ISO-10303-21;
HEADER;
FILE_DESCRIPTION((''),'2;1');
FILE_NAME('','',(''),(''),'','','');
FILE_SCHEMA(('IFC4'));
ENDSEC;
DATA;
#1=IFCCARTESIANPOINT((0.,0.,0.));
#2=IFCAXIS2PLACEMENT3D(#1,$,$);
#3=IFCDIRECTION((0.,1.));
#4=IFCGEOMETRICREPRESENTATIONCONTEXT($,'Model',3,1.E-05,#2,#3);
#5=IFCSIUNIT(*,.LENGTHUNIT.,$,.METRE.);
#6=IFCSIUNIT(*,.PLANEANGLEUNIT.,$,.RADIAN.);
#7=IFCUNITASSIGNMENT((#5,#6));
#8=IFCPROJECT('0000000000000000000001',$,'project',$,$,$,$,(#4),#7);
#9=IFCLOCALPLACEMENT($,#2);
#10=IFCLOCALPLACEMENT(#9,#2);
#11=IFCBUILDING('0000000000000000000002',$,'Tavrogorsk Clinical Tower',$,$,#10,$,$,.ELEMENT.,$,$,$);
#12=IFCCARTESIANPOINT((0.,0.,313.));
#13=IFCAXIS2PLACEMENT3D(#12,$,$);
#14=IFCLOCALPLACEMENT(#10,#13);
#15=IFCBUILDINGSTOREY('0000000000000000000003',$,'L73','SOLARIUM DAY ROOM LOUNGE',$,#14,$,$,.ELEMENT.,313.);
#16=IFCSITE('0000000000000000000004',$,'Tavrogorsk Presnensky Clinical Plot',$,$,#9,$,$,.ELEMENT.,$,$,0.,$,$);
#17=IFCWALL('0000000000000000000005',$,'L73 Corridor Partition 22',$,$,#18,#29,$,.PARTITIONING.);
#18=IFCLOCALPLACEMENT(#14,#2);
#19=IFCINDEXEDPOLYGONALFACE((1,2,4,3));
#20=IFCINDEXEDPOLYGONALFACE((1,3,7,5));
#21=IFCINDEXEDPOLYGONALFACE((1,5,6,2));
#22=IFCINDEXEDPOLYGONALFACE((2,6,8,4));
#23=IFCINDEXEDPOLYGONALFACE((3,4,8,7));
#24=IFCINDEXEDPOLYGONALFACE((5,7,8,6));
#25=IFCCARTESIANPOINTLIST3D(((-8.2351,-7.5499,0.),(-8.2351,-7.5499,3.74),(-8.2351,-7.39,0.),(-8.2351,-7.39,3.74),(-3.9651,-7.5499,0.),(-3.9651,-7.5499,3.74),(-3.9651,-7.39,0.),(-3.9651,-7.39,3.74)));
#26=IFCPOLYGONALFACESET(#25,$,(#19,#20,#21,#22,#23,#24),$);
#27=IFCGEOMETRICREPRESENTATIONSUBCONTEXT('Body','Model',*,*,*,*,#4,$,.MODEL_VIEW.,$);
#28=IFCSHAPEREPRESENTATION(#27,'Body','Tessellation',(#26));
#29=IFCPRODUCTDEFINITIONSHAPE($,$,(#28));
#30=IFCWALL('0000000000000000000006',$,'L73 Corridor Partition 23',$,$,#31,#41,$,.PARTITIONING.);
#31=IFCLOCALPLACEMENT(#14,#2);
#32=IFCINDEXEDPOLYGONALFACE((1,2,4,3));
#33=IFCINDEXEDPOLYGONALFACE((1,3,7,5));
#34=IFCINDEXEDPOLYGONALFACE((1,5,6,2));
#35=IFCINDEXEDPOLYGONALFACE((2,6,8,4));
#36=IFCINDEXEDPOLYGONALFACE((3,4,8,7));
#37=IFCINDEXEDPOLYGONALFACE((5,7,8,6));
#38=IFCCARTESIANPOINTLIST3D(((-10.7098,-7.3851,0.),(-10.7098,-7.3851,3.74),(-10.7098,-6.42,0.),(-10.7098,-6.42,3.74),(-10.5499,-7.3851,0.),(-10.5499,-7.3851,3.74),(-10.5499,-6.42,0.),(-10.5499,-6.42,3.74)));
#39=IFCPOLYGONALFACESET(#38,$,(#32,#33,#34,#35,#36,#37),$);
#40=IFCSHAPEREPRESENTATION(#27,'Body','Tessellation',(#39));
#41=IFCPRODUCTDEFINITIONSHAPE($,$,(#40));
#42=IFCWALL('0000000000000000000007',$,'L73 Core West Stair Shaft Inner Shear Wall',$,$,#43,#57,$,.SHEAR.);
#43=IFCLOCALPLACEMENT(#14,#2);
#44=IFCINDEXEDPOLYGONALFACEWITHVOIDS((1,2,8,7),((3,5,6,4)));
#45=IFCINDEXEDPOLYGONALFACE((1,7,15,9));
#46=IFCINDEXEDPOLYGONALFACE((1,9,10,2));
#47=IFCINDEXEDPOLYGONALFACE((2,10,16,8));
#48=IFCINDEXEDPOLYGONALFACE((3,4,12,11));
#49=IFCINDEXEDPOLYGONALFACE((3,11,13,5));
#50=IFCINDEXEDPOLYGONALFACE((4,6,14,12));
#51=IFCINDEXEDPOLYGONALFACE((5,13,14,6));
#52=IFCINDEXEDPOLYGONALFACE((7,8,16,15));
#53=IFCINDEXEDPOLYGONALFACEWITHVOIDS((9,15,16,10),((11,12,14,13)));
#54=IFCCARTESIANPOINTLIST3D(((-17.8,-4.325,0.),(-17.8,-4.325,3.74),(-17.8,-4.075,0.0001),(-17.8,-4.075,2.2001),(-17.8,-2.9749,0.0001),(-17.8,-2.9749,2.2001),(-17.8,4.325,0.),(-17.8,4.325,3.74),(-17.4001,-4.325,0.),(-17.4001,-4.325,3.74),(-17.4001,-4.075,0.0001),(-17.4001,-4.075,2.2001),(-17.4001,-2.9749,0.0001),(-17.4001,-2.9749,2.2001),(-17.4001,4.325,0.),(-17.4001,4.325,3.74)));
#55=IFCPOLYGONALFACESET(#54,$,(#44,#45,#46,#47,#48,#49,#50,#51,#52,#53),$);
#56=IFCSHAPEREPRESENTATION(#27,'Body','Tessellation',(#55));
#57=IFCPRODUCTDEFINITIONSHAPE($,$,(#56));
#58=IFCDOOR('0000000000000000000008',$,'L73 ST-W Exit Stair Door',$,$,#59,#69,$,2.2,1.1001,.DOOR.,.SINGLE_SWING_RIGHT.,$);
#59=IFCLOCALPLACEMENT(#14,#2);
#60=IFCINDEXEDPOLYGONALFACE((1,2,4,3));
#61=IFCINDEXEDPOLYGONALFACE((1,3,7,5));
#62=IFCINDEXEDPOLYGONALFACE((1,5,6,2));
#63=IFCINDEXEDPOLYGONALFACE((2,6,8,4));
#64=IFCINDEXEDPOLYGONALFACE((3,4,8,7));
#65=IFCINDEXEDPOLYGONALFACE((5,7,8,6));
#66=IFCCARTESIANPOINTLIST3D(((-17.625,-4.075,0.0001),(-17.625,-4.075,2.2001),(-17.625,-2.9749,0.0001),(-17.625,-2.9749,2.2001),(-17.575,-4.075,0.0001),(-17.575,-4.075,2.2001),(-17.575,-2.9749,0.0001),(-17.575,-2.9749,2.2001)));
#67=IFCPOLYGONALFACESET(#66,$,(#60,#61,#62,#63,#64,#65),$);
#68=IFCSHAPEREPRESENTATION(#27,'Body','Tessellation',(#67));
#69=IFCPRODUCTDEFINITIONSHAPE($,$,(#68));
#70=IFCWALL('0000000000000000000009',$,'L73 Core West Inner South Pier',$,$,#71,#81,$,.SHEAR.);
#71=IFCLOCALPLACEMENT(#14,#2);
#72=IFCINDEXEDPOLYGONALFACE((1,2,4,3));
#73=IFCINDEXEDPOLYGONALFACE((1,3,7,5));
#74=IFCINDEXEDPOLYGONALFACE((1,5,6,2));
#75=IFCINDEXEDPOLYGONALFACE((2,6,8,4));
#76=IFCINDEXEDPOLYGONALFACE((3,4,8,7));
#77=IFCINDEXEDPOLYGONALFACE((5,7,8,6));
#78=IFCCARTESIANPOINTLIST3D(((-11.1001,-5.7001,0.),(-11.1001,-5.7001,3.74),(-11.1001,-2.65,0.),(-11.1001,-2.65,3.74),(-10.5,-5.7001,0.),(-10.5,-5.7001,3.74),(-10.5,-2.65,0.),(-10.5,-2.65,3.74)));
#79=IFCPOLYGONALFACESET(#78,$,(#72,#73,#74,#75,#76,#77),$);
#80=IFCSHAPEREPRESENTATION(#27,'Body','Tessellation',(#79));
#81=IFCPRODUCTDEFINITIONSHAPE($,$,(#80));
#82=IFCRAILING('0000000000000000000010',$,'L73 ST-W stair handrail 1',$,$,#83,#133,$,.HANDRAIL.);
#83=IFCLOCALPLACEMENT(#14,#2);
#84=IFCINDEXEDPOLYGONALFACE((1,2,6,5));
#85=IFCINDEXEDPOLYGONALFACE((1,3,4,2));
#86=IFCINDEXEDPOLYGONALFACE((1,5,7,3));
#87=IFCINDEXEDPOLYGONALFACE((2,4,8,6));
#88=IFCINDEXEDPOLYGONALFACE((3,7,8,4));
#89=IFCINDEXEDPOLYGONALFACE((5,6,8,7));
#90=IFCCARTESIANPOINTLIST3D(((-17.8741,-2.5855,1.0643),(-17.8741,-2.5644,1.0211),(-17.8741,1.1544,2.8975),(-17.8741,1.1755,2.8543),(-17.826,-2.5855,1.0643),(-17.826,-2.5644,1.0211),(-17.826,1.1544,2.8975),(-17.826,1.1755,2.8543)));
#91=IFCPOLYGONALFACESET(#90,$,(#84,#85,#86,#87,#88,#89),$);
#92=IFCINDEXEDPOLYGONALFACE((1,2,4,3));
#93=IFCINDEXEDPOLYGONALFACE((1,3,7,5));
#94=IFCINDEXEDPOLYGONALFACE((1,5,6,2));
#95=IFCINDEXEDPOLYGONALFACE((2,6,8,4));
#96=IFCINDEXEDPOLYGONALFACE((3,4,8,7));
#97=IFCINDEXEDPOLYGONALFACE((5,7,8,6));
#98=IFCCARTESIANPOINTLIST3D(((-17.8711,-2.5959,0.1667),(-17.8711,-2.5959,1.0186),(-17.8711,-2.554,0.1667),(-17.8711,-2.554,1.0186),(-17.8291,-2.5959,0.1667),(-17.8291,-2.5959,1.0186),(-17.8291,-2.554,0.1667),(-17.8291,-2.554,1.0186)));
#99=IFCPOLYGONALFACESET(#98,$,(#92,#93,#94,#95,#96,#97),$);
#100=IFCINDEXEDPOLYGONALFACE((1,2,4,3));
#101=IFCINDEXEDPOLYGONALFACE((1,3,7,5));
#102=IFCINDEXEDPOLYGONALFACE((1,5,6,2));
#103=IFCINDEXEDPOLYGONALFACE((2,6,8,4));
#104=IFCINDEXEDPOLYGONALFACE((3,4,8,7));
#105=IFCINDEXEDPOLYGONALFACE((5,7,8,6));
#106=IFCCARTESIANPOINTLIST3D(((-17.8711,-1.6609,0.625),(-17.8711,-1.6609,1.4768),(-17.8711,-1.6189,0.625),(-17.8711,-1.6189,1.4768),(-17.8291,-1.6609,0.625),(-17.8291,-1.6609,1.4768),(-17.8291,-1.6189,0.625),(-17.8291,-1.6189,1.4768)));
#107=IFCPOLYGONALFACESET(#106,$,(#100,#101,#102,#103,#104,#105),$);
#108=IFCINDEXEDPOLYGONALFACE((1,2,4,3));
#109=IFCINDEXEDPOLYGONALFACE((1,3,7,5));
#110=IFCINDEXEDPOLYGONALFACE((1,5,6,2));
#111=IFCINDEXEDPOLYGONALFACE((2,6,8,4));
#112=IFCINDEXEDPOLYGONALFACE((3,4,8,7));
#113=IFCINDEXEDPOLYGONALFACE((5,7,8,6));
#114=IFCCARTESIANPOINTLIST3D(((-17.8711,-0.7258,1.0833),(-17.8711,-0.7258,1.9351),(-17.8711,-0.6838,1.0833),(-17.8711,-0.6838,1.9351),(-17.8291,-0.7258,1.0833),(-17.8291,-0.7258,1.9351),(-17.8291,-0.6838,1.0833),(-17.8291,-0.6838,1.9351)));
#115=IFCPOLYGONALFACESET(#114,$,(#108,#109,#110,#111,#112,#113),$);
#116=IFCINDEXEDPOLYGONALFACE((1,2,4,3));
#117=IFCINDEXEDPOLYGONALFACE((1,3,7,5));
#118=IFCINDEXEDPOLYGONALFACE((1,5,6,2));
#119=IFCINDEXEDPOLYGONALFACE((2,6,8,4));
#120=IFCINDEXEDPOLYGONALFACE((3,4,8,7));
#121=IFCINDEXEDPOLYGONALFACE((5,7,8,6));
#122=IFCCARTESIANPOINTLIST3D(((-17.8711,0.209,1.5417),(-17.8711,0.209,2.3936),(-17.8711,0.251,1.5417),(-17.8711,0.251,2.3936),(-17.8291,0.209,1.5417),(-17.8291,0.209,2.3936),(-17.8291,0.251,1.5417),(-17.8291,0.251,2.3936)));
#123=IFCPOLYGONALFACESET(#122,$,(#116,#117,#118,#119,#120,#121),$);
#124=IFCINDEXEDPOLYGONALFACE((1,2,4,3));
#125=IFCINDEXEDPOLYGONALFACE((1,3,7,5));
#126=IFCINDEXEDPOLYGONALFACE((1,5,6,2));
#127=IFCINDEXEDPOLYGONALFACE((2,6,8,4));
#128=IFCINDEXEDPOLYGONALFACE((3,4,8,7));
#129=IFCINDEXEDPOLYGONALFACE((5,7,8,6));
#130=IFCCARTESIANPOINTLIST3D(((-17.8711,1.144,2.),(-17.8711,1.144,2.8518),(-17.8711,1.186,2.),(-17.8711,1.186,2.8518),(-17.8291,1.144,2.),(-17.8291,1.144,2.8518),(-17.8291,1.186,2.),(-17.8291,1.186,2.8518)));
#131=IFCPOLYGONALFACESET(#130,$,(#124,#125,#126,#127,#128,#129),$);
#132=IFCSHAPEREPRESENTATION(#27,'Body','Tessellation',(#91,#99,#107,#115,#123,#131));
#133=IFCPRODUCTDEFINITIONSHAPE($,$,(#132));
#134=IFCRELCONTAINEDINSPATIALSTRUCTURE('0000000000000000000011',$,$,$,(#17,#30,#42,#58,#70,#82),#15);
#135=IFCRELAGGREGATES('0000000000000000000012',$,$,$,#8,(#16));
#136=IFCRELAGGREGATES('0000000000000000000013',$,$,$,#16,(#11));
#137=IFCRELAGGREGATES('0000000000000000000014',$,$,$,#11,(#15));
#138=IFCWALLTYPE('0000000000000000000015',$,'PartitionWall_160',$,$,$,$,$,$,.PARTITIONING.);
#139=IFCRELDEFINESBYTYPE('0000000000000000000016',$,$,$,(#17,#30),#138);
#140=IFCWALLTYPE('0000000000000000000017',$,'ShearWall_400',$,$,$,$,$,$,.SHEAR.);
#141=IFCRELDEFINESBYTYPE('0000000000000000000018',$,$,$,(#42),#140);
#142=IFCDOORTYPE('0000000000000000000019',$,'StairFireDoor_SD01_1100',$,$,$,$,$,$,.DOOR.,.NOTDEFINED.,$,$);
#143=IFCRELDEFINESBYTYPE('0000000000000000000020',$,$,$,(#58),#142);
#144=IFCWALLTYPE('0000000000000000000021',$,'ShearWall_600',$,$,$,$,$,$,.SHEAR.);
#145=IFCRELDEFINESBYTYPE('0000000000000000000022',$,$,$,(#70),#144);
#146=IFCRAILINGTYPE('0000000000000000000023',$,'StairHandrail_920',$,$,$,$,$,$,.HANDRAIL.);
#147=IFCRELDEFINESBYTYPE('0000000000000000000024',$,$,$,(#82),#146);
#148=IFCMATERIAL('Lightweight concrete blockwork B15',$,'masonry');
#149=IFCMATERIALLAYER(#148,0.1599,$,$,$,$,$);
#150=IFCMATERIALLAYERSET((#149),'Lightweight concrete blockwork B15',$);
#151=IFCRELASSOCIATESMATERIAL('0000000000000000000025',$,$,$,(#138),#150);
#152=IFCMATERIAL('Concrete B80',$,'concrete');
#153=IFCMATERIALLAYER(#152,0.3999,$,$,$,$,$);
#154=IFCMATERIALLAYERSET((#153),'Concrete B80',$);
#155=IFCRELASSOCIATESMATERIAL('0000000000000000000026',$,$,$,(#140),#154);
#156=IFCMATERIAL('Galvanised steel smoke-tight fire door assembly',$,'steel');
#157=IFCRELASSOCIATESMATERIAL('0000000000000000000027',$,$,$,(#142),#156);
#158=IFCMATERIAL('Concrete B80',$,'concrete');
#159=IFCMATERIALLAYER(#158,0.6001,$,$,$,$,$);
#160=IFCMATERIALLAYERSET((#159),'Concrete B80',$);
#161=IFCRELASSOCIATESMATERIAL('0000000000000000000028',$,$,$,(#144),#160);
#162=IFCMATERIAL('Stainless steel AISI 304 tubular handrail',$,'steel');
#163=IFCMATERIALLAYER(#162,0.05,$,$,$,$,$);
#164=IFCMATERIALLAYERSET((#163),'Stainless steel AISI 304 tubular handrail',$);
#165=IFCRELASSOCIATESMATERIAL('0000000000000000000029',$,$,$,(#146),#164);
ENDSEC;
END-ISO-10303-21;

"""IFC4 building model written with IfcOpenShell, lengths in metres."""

from ifc_helpers import new_model, si_unit, direction, frame, frame_2d, origin, origin_2d, place, context, subcontext, project, spatial, rectangle, extrude, material, layer, layer_set, type_object, element, fill, save


model = new_model("IFC4")

# Units and contexts
model_context = context("Model", 3, precision=1e-05, world=origin(), true_north=direction((0.0, 1.0)))
body_context = subcontext(model_context, "Body", "Model", "MODEL_VIEW")
ifc_project = project(units=[si_unit("LENGTHUNIT", "METRE"), si_unit("PLANEANGLEUNIT", "RADIAN")], contexts=[model_context])

# Site, building, storey
site_placement = place(None, origin())
site = spatial("IfcSite", under=ifc_project, at=site_placement, Name="Tavrogorsk Presnensky Clinical Plot", CompositionType="ELEMENT", RefElevation=0.0)
building_placement = place(site_placement, origin())
building = spatial("IfcBuilding", under=site, at=building_placement, Name="Tavrogorsk Clinical Tower", CompositionType="ELEMENT")
storey_placement = place(building_placement, frame((0.0, 0.0, 313.0)))
storey = spatial("IfcBuildingStorey", under=building, at=storey_placement, Name="L73", Description="SOLARIUM DAY ROOM LOUNGE", CompositionType="ELEMENT", Elevation=313.0)

# Shared definitions
ifc_material_1 = material(Name="Lightweight concrete blockwork B15", Category="masonry")
ifc_layer_1 = layer(ifc_material_1, 0.1599)
ifc_layer_set_1 = layer_set([ifc_layer_1], Name="Lightweight concrete blockwork B15")
wall_type_1 = type_object("IfcWallType", Name="PartitionWall_160", PredefinedType="PARTITIONING", material=ifc_layer_set_1)

# Walls
wall_1_placement = place(storey_placement, frame((-8.2351, -7.47, 0.0), z_axis=(0.0, 0.0, 1.0), x_axis=(1.0, 0.0, 0.0)))
element("IfcWall", 1, at=wall_1_placement, inside=storey, type_object=wall_type_1, Name="L73 Corridor Partition 22", PredefinedType="PARTITIONING", context=body_context, shape_type="SweptSolid", body=[
    extrude(rectangle(XDim=4.27, YDim=0.1599, at=frame_2d((2.135, 0.0))), origin(), (0.0, 0.0, 1.0), 3.74),
])
wall_2_placement = place(storey_placement, frame((-10.6299, -7.385, 0.0), z_axis=(0.0, 0.0, 1.0), x_axis=(0.0, 1.0, 0.0)))
element("IfcWall", 2, at=wall_2_placement, inside=storey, type_object=wall_type_1, Name="L73 Corridor Partition 23", PredefinedType="PARTITIONING", context=body_context, shape_type="SweptSolid", body=[
    extrude(rectangle(XDim=0.9651, YDim=0.1599, at=frame_2d((0.4824, 0.0))), origin(), (0.0, 0.0, 1.0), 3.74),
])

# Wall, opening, door
ifc_material_2 = material(Name="Concrete B80", Category="concrete")
ifc_layer_2 = layer(ifc_material_2, 0.3999)
ifc_layer_set_2 = layer_set([ifc_layer_2], Name="Concrete B80")
wall_type_2 = type_object("IfcWallType", Name="ShearWall_400", PredefinedType="SHEAR", material=ifc_layer_set_2)
wall_3_placement = place(storey_placement, frame((-17.6001, -4.325, 0.0), z_axis=(0.0, 0.0, 1.0), x_axis=(0.0, 1.0, 0.0)))
wall_3 = element("IfcWall", 3, at=wall_3_placement, inside=storey, type_object=wall_type_2, Name="L73 Core West Stair Shaft Inner Shear Wall", PredefinedType="SHEAR", context=body_context, shape_type="SweptSolid", body=[
    extrude(rectangle(XDim=8.6499, YDim=0.3999, at=frame_2d((4.325, 0.0))), origin(), (0.0, 0.0, 1.0), 3.74),
])
opening_1_placement = place(wall_3_placement, frame((0.25, 0.0, 0.0)))
opening_1 = element("IfcOpeningElement", 4, at=opening_1_placement, cuts=wall_3, PredefinedType="OPENING", context=body_context, shape_type="SweptSolid", body=[
    extrude(rectangle(XDim=1.1001, YDim=2.2, at=frame_2d((0.55, 1.1001))), frame((0.0, 0.21, 0.0), z_axis=(0.0, -1.0, 0.0), x_axis=(1.0, 0.0, 0.0)), (0.0, 0.0, 1.0), 0.4199),
])
ifc_material_3 = material(Name="Galvanised steel smoke-tight fire door assembly", Category="steel")
door_type_1 = type_object("IfcDoorType", Name="StairFireDoor_SD01_1100", OperationType="NOTDEFINED", PredefinedType="DOOR", material=ifc_material_3)
door_1_placement = place(opening_1_placement, origin())
door_1 = element("IfcDoor", 5, at=door_1_placement, inside=storey, type_object=door_type_1, Name="L73 ST-W Exit Stair Door", OperationType="SINGLE_SWING_RIGHT", OverallHeight=2.2, OverallWidth=1.1001, PredefinedType="DOOR", context=body_context, shape_type="SweptSolid", body=[
    extrude(rectangle(XDim=1.1001, YDim=2.2, at=frame_2d((0.55, 1.1001))), frame((0.0, 0.0249, 0.0), z_axis=(0.0, -1.0, 0.0), x_axis=(1.0, 0.0, 0.0)), (0.0, 0.0, 1.0), 0.05),
])
fill(opening_1, door_1)

# Wall
ifc_material_4 = material(Name="Concrete B80", Category="concrete")
ifc_layer_3 = layer(ifc_material_4, 0.6001)
ifc_layer_set_3 = layer_set([ifc_layer_3], Name="Concrete B80")
wall_type_3 = type_object("IfcWallType", Name="ShearWall_600", PredefinedType="SHEAR", material=ifc_layer_set_3)
wall_4_placement = place(storey_placement, frame((-10.8, -5.7, 0.0), z_axis=(0.0, 0.0, 1.0), x_axis=(0.0, 1.0, 0.0)))
element("IfcWall", 6, at=wall_4_placement, inside=storey, type_object=wall_type_3, Name="L73 Core West Inner South Pier", PredefinedType="SHEAR", context=body_context, shape_type="SweptSolid", body=[
    extrude(rectangle(XDim=3.05, YDim=0.6001, at=frame_2d((1.5249, 0.0))), origin(), (0.0, 0.0, 1.0), 3.74),
])

# Railing
ifc_material_5 = material(Name="Stainless steel AISI 304 tubular handrail", Category="steel")
ifc_layer_4 = layer(ifc_material_5, 0.05)
ifc_layer_set_4 = layer_set([ifc_layer_4], Name="Stainless steel AISI 304 tubular handrail")
railing_type = type_object("IfcRailingType", Name="StairHandrail_920", PredefinedType="HANDRAIL", material=ifc_layer_set_4)
railing_placement = place(storey_placement, frame((-17.8501, -2.575, 0.1667)))
element("IfcRailing", 7, at=railing_placement, inside=storey, type_object=railing_type, Name="L73 ST-W stair handrail 1", PredefinedType="HANDRAIL", context=body_context, shape_type="SweptSolid", body=[
    extrude(rectangle(XDim=0.0481, YDim=0.0481, at=origin_2d()), frame((0.0, 0.0, 0.876), z_axis=(0.0, 0.897928, 0.440142), x_axis=(-1.0, 0.0, 0.0)), (0.0, 0.0, 1.0), 4.165),
    extrude(rectangle(XDim=0.042, YDim=0.042, at=origin_2d()), origin(), (0.0, 0.0, 1.0), 0.8518),
    extrude(rectangle(XDim=0.042, YDim=0.042, at=origin_2d()), frame((0.0, 0.9351, 0.4583)), (0.0, 0.0, 1.0), 0.8518),
    extrude(rectangle(XDim=0.042, YDim=0.042, at=origin_2d()), frame((0.0, 1.8701, 0.9165)), (0.0, 0.0, 1.0), 0.8518),
    extrude(rectangle(XDim=0.042, YDim=0.042, at=origin_2d()), frame((0.0, 2.8049, 1.375)), (0.0, 0.0, 1.0), 0.8518),
    extrude(rectangle(XDim=0.042, YDim=0.042, at=origin_2d()), frame((0.0, 3.74, 1.8333)), (0.0, 0.0, 1.0), 0.8518),
])

save(model, "model.ifc")
